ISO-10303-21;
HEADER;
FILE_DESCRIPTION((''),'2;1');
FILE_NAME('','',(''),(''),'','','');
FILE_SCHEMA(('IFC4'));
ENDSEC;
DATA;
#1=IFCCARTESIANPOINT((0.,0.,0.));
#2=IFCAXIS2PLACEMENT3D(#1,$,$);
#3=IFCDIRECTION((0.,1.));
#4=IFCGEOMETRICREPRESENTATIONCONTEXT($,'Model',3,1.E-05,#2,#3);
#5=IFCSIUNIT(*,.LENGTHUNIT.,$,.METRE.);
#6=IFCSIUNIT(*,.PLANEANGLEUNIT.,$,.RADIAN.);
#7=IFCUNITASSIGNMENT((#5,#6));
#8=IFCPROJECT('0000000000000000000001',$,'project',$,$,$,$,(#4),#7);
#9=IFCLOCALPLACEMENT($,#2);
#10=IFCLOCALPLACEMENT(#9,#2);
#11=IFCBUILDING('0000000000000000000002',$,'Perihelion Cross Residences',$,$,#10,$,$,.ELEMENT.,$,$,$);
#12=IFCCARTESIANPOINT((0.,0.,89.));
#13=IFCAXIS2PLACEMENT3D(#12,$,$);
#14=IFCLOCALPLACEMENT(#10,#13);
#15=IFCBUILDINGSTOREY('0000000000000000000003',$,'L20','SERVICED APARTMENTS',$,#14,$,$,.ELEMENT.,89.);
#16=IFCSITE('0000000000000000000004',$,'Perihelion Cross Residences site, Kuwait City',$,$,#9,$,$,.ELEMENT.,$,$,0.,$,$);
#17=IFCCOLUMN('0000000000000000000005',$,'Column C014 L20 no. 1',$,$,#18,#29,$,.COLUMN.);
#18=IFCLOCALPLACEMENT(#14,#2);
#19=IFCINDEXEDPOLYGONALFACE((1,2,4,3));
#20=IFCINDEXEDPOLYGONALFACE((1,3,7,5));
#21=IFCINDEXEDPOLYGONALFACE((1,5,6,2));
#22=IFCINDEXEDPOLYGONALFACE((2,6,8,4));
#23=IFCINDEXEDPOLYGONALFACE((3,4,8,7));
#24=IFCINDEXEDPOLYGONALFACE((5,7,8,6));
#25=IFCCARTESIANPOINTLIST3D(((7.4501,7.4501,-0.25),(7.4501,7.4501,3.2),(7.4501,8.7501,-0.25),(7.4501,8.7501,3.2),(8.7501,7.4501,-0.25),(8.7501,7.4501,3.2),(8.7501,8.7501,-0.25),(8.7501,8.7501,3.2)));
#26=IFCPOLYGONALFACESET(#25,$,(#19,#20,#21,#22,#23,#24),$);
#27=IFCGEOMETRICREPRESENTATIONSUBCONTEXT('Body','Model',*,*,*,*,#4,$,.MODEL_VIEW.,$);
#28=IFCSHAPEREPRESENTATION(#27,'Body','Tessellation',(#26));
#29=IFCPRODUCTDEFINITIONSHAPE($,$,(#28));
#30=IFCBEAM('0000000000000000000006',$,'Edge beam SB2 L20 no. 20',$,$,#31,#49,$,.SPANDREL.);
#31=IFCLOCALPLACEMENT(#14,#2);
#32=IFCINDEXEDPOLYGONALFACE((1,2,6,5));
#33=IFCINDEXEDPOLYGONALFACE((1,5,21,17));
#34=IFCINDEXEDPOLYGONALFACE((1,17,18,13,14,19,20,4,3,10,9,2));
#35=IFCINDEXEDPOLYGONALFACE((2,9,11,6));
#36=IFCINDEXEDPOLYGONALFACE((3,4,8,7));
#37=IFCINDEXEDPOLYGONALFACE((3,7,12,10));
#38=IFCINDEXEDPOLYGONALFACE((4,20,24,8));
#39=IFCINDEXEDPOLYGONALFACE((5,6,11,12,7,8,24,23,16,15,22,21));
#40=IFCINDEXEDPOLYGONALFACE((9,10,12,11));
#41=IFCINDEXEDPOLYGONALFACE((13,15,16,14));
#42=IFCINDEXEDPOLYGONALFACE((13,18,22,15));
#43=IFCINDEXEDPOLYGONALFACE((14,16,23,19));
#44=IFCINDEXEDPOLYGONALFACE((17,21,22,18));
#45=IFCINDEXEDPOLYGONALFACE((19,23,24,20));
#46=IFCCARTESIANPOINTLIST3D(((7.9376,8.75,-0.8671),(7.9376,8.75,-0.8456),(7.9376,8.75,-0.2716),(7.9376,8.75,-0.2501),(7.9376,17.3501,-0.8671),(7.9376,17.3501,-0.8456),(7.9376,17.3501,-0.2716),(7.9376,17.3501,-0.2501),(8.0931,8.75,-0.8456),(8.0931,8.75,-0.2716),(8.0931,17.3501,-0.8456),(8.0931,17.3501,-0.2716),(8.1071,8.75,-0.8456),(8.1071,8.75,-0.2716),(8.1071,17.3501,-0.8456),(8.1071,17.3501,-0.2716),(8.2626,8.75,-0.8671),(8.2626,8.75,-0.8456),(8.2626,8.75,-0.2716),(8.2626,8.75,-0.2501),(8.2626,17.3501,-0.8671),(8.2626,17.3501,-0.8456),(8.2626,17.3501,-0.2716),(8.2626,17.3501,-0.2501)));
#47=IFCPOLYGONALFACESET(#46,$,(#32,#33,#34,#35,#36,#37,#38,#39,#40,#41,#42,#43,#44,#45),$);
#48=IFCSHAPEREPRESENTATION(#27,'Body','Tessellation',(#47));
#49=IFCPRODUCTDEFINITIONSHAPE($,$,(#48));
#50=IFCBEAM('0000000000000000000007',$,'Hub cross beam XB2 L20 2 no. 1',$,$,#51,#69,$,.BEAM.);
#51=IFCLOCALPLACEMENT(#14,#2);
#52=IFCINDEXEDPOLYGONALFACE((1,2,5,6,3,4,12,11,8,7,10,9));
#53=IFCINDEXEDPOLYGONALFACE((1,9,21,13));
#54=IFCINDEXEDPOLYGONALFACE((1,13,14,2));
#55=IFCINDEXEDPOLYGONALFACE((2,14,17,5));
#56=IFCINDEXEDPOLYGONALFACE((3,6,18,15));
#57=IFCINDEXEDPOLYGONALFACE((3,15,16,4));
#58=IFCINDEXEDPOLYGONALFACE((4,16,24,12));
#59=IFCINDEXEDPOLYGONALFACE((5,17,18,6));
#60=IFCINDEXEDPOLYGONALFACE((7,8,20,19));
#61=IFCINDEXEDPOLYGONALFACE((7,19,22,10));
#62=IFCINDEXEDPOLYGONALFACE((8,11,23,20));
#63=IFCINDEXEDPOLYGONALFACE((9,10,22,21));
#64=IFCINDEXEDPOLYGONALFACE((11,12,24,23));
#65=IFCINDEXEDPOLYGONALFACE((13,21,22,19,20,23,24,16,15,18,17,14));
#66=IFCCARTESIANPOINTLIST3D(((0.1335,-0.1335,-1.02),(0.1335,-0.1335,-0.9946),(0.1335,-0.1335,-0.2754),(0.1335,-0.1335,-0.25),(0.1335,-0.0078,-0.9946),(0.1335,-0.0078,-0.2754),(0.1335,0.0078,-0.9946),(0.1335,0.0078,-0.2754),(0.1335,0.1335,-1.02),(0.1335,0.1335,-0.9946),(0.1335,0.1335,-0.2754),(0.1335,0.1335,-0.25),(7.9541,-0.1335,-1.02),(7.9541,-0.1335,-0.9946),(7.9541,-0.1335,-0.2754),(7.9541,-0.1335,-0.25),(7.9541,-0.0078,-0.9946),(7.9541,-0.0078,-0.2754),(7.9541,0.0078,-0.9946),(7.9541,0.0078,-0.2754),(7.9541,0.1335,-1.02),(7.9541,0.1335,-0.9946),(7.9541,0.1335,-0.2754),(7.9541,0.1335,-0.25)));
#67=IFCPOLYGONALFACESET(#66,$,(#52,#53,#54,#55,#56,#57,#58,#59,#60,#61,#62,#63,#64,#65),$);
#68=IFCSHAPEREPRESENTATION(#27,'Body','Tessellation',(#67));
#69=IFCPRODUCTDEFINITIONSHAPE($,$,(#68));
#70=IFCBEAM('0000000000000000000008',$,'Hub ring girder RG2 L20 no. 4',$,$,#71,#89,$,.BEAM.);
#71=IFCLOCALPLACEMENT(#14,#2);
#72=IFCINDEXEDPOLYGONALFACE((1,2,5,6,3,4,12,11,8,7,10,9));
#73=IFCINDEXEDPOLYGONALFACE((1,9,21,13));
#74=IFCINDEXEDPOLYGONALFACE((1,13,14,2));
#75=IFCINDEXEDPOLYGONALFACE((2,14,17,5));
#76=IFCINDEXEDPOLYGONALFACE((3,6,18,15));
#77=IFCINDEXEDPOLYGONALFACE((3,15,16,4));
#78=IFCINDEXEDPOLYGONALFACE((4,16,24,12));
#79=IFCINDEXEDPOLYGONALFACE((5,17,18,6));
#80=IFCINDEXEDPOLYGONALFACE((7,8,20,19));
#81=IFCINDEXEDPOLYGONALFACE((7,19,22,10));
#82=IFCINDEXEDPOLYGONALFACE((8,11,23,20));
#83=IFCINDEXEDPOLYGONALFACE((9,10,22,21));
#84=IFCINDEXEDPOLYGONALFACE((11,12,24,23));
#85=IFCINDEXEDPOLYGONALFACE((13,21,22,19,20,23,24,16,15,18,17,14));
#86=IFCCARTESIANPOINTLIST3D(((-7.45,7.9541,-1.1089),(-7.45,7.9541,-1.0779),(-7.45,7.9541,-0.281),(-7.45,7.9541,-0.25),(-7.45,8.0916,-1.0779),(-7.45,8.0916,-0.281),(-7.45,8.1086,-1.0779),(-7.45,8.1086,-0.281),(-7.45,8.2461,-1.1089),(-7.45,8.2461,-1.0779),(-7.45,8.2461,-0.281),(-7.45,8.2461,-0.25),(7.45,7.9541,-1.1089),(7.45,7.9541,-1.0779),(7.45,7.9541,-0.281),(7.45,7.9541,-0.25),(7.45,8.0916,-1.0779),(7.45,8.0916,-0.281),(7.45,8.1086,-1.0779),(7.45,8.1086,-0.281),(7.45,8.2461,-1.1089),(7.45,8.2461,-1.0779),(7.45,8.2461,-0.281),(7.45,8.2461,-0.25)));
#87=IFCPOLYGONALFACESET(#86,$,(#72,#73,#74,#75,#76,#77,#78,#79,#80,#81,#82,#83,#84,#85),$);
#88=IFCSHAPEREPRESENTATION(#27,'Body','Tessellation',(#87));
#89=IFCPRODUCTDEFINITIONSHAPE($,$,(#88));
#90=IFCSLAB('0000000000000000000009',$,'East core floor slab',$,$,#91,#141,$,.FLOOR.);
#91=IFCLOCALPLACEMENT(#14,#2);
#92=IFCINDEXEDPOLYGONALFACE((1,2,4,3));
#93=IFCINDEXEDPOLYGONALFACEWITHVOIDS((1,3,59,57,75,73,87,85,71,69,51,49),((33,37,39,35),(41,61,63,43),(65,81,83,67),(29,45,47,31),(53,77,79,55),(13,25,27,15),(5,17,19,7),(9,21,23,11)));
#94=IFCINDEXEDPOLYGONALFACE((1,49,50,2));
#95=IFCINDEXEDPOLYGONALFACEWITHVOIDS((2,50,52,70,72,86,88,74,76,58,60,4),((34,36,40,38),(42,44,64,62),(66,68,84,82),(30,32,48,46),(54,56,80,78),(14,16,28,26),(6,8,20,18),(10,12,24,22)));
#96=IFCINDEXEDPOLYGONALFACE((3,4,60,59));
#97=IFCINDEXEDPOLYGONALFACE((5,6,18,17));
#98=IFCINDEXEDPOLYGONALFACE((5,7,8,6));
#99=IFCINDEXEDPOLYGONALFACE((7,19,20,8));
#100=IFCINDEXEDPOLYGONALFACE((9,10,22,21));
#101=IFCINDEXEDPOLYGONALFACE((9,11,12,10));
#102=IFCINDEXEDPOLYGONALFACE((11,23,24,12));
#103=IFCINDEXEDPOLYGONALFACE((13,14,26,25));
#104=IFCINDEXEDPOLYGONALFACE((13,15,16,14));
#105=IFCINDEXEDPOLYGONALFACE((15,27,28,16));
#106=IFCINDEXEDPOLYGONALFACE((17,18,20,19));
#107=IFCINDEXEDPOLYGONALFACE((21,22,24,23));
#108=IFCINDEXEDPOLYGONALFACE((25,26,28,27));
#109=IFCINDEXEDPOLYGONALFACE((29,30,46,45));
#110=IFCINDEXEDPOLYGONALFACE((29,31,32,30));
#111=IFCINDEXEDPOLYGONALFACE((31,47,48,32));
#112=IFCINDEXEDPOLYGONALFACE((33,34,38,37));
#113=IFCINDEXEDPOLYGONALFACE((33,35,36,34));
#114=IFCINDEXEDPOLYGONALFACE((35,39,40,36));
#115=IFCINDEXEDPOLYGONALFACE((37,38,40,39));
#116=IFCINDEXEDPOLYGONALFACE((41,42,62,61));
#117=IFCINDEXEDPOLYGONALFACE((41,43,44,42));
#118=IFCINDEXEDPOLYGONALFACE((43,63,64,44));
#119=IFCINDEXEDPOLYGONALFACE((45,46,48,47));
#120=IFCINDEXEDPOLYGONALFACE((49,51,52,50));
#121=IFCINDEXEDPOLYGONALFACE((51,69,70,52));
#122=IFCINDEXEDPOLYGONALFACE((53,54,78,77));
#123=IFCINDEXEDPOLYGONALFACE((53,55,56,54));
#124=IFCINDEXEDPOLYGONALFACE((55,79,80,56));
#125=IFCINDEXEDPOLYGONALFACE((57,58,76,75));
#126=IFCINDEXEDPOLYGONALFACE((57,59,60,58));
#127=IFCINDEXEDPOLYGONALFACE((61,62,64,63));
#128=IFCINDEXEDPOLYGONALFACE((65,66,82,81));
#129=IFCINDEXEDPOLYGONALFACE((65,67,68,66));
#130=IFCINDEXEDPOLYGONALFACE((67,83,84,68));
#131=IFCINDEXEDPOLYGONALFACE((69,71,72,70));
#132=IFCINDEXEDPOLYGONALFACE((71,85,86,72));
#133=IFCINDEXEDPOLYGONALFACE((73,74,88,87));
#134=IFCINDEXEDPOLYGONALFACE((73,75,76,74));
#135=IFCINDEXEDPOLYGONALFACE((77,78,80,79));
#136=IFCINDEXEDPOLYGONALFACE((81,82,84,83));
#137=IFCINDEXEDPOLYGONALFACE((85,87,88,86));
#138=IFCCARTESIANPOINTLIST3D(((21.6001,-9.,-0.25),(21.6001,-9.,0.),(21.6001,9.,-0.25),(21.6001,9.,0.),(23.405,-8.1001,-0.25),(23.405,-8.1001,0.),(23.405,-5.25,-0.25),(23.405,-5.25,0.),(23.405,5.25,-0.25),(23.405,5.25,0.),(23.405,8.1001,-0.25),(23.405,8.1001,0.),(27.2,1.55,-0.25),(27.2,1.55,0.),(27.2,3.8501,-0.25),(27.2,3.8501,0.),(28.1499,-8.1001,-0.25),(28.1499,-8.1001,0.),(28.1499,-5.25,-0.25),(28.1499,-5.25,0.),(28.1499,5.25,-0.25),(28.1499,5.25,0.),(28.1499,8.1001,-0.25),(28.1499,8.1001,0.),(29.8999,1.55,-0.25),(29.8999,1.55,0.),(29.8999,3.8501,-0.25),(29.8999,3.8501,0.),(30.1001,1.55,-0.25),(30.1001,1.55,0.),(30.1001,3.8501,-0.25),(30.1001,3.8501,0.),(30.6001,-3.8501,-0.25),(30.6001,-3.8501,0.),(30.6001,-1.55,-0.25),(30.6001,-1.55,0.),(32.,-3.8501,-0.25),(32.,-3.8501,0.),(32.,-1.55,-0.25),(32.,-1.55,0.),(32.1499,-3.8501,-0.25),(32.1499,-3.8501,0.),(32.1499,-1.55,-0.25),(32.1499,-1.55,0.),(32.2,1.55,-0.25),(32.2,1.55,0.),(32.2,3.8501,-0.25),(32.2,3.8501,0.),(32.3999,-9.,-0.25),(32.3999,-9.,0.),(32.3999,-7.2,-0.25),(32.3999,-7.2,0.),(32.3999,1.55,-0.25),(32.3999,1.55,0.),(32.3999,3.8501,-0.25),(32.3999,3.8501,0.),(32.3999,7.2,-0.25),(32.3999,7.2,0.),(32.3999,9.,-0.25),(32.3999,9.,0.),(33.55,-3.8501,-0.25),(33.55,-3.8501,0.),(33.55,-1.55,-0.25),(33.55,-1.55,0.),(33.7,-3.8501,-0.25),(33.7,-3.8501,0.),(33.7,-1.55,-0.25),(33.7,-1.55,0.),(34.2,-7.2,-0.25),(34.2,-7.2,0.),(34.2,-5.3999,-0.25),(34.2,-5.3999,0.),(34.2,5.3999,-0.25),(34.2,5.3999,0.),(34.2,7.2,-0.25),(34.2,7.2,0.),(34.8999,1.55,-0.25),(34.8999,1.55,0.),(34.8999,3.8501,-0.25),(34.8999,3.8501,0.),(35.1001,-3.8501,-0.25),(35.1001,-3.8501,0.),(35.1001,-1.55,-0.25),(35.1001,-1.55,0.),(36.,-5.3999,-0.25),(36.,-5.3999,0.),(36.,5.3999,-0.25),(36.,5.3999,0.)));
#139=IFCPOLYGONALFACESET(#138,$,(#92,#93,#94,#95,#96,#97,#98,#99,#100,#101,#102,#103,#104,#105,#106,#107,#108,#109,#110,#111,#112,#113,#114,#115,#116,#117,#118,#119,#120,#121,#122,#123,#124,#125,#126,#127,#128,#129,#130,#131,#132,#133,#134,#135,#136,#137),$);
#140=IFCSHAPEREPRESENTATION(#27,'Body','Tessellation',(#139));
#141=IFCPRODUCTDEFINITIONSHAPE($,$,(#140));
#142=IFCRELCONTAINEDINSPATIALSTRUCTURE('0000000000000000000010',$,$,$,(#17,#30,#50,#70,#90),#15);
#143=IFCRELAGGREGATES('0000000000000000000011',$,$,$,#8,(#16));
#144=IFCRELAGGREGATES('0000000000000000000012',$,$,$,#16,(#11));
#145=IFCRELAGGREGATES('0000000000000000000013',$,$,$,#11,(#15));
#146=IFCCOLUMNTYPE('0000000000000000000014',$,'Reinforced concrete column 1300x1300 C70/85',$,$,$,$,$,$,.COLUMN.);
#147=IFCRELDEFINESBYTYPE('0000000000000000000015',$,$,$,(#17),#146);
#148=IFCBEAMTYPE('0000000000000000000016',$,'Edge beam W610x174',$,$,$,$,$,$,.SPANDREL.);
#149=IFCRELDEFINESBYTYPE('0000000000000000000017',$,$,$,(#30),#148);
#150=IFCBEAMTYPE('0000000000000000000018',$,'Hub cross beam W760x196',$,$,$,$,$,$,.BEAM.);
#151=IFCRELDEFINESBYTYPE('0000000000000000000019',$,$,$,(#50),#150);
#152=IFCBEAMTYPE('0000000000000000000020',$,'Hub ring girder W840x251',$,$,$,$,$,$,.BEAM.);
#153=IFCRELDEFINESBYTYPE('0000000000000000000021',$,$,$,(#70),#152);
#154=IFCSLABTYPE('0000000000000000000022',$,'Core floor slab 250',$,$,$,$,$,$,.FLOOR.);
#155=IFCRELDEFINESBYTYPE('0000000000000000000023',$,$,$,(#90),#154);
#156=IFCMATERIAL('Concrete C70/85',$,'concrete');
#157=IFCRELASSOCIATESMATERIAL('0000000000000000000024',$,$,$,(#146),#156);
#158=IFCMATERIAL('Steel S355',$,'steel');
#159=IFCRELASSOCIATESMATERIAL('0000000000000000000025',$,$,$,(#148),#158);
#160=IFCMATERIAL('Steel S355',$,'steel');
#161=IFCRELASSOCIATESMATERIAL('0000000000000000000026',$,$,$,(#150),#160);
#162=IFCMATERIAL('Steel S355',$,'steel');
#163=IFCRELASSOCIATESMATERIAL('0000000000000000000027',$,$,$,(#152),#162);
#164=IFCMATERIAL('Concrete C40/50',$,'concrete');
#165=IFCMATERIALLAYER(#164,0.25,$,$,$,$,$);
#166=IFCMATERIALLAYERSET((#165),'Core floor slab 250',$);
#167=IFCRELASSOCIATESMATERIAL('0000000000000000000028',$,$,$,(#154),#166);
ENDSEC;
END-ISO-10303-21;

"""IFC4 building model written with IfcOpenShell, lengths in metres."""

from ifc_helpers import new_model, si_unit, direction, frame, origin, origin_2d, place, context, subcontext, project, spatial, polyline, rectangle, i_section, outline, extrude, material, layer, layer_set, material_profile, profile_set, type_object, element, save


model = new_model("IFC4")

# Units and contexts
model_context = context("Model", 3, precision=1e-05, world=origin(), true_north=direction((0.0, 1.0)))
body_context = subcontext(model_context, "Body", "Model", "MODEL_VIEW")
ifc_project = project(units=[si_unit("LENGTHUNIT", "METRE"), si_unit("PLANEANGLEUNIT", "RADIAN")], contexts=[model_context])

# Site, building, storey
site_placement = place(None, origin())
site = spatial("IfcSite", under=ifc_project, at=site_placement, Name="Perihelion Cross Residences site, Kuwait City", CompositionType="ELEMENT", RefElevation=0.0)
building_placement = place(site_placement, origin())
building = spatial("IfcBuilding", under=site, at=building_placement, Name="Perihelion Cross Residences", CompositionType="ELEMENT")
storey_placement = place(building_placement, frame((0.0, 0.0, 89.0)))
storey = spatial("IfcBuildingStorey", under=building, at=storey_placement, Name="L20", Description="SERVICED APARTMENTS", CompositionType="ELEMENT", Elevation=89.0)

# Column
ifc_material_1 = material(Name="Concrete C70/85", Category="concrete")
ifc_material_profile_1 = material_profile(ifc_material_1, rectangle(XDim=1.3, YDim=1.3, at=origin_2d()), Name="RC 1300x1300")
ifc_profile_set_1 = profile_set([ifc_material_profile_1], Name="Concrete C70/85")
column_type = type_object("IfcColumnType", Name="Reinforced concrete column 1300x1300 C70/85", PredefinedType="COLUMN", material=ifc_profile_set_1)
column_placement = place(storey_placement, frame((8.1001, 8.1001, -0.25), z_axis=(0.0, 0.0, 1.0), x_axis=(1.0, 0.0, 0.0)))
element("IfcColumn", 1, at=column_placement, inside=storey, type_object=column_type, Name="Column C014 L20 no. 1", PredefinedType="COLUMN", context=body_context, shape_type="SweptSolid", body=[
    extrude(rectangle(XDim=1.3, YDim=1.3, at=origin_2d()), origin(), (0.0, 0.0, 1.0), 3.45),
])

# Beams
ifc_material_2 = material(Name="Steel S355", Category="steel")
ifc_material_profile_2 = material_profile(ifc_material_2, i_section(OverallWidth=0.325, OverallDepth=0.6169, WebThickness=0.0139, FlangeThickness=0.0215, at=origin_2d()), Name="W610x174")
ifc_profile_set_2 = profile_set([ifc_material_profile_2], Name="Steel S355")
beam_type_1 = type_object("IfcBeamType", Name="Edge beam W610x174", PredefinedType="SPANDREL", material=ifc_profile_set_2)
beam_1_placement = place(storey_placement, frame((8.1001, 8.75, -0.5586), z_axis=(0.0, 1.0, 0.0), x_axis=(-1.0, 0.0, 0.0)))
element("IfcBeam", 2, at=beam_1_placement, inside=storey, type_object=beam_type_1, Name="Edge beam SB2 L20 no. 20", PredefinedType="SPANDREL", context=body_context, shape_type="SweptSolid", body=[
    extrude(i_section(OverallWidth=0.325, OverallDepth=0.6169, WebThickness=0.0139, FlangeThickness=0.0215, at=origin_2d()), origin(), (0.0, 0.0, 1.0), 8.6001),
])
ifc_material_3 = material(Name="Steel S355", Category="steel")
ifc_material_profile_3 = material_profile(ifc_material_3, i_section(OverallWidth=0.2671, OverallDepth=0.77, WebThickness=0.0156, FlangeThickness=0.0254, at=origin_2d()), Name="W760x196")
ifc_profile_set_3 = profile_set([ifc_material_profile_3], Name="Steel S355")
beam_type_2 = type_object("IfcBeamType", Name="Hub cross beam W760x196", PredefinedType="BEAM", material=ifc_profile_set_3)
beam_2_placement = place(storey_placement, frame((0.1335, 0.0, -0.635), z_axis=(1.0, 0.0, 0.0), x_axis=(0.0, 1.0, 0.0)))
element("IfcBeam", 3, at=beam_2_placement, inside=storey, type_object=beam_type_2, Name="Hub cross beam XB2 L20 2 no. 1", PredefinedType="BEAM", context=body_context, shape_type="SweptSolid", body=[
    extrude(i_section(OverallWidth=0.2671, OverallDepth=0.77, WebThickness=0.0156, FlangeThickness=0.0254, at=origin_2d()), origin(), (0.0, 0.0, 1.0), 7.8206),
])
ifc_material_4 = material(Name="Steel S355", Category="steel")
ifc_material_profile_4 = material_profile(ifc_material_4, i_section(OverallWidth=0.292, OverallDepth=0.8589, WebThickness=0.0171, FlangeThickness=0.031, at=origin_2d()), Name="W840x251")
ifc_profile_set_4 = profile_set([ifc_material_profile_4], Name="Steel S355")
beam_type_3 = type_object("IfcBeamType", Name="Hub ring girder W840x251", PredefinedType="BEAM", material=ifc_profile_set_4)
beam_3_placement = place(storey_placement, frame((7.45, 8.1001, -0.6794), z_axis=(-1.0, 0.0, 0.0), x_axis=(0.0, -1.0, 0.0)))
element("IfcBeam", 4, at=beam_3_placement, inside=storey, type_object=beam_type_3, Name="Hub ring girder RG2 L20 no. 4", PredefinedType="BEAM", context=body_context, shape_type="SweptSolid", body=[
    extrude(i_section(OverallWidth=0.292, OverallDepth=0.8589, WebThickness=0.0171, FlangeThickness=0.031, at=origin_2d()), origin(), (0.0, 0.0, 1.0), 14.8999),
])

# Slab
ifc_material_5 = material(Name="Concrete C40/50", Category="concrete")
ifc_layer_1 = layer(ifc_material_5, 0.25)
ifc_layer_set_1 = layer_set([ifc_layer_1], Name="Core floor slab 250")
slab_type_1 = type_object("IfcSlabType", Name="Core floor slab 250", PredefinedType="FLOOR", material=ifc_layer_set_1)
slab_1_placement = place(storey_placement, frame((0.0, 0.0, -0.25)))
element("IfcSlab", 5, at=slab_1_placement, inside=storey, type_object=slab_type_1, Name="East core floor slab", PredefinedType="FLOOR", context=body_context, shape_type="SweptSolid", body=[
    extrude(outline(polyline([(32.3999, 7.2), (34.2, 7.2), (34.2, 5.3999), (36.0, 5.3999), (36.0, -5.3999), (34.2, -5.3999), (34.2, -7.2), (32.3999, -7.2), (32.3999, -9.0), (21.6001, -9.0), (21.6001, 9.0), (32.3999, 9.0), (32.3999, 7.2)]), holes=[polyline([(23.405, -8.1001), (28.1499, -8.1001), (28.1499, -5.25), (23.405, -5.25), (23.405, -8.1001)]), polyline([(30.6001, -1.55), (30.6001, -3.8501), (32.0, -3.8501), (32.0, -1.55), (30.6001, -1.55)]), polyline([(32.1499, -1.55), (32.1499, -3.8501), (33.55, -3.8501), (33.55, -1.55), (32.1499, -1.55)]), polyline([(33.7, -1.55), (33.7, -3.8501), (35.1001, -3.8501), (35.1001, -1.55), (33.7, -1.55)]), polyline([(27.2, 3.8501), (27.2, 1.55), (29.8999, 1.55), (29.8999, 3.8501), (27.2, 3.8501)]), polyline([(30.1001, 3.8501), (30.1001, 1.55), (32.2, 1.55), (32.2, 3.8501), (30.1001, 3.8501)]), polyline([(32.3999, 3.8501), (32.3999, 1.55), (34.8999, 1.55), (34.8999, 3.8501), (32.3999, 3.8501)]), polyline([(23.405, 5.25), (28.1499, 5.25), (28.1499, 8.1001), (23.405, 8.1001), (23.405, 5.25)])]), origin(), (0.0, 0.0, 1.0), 0.25),
])

save(model, "model.ifc")
